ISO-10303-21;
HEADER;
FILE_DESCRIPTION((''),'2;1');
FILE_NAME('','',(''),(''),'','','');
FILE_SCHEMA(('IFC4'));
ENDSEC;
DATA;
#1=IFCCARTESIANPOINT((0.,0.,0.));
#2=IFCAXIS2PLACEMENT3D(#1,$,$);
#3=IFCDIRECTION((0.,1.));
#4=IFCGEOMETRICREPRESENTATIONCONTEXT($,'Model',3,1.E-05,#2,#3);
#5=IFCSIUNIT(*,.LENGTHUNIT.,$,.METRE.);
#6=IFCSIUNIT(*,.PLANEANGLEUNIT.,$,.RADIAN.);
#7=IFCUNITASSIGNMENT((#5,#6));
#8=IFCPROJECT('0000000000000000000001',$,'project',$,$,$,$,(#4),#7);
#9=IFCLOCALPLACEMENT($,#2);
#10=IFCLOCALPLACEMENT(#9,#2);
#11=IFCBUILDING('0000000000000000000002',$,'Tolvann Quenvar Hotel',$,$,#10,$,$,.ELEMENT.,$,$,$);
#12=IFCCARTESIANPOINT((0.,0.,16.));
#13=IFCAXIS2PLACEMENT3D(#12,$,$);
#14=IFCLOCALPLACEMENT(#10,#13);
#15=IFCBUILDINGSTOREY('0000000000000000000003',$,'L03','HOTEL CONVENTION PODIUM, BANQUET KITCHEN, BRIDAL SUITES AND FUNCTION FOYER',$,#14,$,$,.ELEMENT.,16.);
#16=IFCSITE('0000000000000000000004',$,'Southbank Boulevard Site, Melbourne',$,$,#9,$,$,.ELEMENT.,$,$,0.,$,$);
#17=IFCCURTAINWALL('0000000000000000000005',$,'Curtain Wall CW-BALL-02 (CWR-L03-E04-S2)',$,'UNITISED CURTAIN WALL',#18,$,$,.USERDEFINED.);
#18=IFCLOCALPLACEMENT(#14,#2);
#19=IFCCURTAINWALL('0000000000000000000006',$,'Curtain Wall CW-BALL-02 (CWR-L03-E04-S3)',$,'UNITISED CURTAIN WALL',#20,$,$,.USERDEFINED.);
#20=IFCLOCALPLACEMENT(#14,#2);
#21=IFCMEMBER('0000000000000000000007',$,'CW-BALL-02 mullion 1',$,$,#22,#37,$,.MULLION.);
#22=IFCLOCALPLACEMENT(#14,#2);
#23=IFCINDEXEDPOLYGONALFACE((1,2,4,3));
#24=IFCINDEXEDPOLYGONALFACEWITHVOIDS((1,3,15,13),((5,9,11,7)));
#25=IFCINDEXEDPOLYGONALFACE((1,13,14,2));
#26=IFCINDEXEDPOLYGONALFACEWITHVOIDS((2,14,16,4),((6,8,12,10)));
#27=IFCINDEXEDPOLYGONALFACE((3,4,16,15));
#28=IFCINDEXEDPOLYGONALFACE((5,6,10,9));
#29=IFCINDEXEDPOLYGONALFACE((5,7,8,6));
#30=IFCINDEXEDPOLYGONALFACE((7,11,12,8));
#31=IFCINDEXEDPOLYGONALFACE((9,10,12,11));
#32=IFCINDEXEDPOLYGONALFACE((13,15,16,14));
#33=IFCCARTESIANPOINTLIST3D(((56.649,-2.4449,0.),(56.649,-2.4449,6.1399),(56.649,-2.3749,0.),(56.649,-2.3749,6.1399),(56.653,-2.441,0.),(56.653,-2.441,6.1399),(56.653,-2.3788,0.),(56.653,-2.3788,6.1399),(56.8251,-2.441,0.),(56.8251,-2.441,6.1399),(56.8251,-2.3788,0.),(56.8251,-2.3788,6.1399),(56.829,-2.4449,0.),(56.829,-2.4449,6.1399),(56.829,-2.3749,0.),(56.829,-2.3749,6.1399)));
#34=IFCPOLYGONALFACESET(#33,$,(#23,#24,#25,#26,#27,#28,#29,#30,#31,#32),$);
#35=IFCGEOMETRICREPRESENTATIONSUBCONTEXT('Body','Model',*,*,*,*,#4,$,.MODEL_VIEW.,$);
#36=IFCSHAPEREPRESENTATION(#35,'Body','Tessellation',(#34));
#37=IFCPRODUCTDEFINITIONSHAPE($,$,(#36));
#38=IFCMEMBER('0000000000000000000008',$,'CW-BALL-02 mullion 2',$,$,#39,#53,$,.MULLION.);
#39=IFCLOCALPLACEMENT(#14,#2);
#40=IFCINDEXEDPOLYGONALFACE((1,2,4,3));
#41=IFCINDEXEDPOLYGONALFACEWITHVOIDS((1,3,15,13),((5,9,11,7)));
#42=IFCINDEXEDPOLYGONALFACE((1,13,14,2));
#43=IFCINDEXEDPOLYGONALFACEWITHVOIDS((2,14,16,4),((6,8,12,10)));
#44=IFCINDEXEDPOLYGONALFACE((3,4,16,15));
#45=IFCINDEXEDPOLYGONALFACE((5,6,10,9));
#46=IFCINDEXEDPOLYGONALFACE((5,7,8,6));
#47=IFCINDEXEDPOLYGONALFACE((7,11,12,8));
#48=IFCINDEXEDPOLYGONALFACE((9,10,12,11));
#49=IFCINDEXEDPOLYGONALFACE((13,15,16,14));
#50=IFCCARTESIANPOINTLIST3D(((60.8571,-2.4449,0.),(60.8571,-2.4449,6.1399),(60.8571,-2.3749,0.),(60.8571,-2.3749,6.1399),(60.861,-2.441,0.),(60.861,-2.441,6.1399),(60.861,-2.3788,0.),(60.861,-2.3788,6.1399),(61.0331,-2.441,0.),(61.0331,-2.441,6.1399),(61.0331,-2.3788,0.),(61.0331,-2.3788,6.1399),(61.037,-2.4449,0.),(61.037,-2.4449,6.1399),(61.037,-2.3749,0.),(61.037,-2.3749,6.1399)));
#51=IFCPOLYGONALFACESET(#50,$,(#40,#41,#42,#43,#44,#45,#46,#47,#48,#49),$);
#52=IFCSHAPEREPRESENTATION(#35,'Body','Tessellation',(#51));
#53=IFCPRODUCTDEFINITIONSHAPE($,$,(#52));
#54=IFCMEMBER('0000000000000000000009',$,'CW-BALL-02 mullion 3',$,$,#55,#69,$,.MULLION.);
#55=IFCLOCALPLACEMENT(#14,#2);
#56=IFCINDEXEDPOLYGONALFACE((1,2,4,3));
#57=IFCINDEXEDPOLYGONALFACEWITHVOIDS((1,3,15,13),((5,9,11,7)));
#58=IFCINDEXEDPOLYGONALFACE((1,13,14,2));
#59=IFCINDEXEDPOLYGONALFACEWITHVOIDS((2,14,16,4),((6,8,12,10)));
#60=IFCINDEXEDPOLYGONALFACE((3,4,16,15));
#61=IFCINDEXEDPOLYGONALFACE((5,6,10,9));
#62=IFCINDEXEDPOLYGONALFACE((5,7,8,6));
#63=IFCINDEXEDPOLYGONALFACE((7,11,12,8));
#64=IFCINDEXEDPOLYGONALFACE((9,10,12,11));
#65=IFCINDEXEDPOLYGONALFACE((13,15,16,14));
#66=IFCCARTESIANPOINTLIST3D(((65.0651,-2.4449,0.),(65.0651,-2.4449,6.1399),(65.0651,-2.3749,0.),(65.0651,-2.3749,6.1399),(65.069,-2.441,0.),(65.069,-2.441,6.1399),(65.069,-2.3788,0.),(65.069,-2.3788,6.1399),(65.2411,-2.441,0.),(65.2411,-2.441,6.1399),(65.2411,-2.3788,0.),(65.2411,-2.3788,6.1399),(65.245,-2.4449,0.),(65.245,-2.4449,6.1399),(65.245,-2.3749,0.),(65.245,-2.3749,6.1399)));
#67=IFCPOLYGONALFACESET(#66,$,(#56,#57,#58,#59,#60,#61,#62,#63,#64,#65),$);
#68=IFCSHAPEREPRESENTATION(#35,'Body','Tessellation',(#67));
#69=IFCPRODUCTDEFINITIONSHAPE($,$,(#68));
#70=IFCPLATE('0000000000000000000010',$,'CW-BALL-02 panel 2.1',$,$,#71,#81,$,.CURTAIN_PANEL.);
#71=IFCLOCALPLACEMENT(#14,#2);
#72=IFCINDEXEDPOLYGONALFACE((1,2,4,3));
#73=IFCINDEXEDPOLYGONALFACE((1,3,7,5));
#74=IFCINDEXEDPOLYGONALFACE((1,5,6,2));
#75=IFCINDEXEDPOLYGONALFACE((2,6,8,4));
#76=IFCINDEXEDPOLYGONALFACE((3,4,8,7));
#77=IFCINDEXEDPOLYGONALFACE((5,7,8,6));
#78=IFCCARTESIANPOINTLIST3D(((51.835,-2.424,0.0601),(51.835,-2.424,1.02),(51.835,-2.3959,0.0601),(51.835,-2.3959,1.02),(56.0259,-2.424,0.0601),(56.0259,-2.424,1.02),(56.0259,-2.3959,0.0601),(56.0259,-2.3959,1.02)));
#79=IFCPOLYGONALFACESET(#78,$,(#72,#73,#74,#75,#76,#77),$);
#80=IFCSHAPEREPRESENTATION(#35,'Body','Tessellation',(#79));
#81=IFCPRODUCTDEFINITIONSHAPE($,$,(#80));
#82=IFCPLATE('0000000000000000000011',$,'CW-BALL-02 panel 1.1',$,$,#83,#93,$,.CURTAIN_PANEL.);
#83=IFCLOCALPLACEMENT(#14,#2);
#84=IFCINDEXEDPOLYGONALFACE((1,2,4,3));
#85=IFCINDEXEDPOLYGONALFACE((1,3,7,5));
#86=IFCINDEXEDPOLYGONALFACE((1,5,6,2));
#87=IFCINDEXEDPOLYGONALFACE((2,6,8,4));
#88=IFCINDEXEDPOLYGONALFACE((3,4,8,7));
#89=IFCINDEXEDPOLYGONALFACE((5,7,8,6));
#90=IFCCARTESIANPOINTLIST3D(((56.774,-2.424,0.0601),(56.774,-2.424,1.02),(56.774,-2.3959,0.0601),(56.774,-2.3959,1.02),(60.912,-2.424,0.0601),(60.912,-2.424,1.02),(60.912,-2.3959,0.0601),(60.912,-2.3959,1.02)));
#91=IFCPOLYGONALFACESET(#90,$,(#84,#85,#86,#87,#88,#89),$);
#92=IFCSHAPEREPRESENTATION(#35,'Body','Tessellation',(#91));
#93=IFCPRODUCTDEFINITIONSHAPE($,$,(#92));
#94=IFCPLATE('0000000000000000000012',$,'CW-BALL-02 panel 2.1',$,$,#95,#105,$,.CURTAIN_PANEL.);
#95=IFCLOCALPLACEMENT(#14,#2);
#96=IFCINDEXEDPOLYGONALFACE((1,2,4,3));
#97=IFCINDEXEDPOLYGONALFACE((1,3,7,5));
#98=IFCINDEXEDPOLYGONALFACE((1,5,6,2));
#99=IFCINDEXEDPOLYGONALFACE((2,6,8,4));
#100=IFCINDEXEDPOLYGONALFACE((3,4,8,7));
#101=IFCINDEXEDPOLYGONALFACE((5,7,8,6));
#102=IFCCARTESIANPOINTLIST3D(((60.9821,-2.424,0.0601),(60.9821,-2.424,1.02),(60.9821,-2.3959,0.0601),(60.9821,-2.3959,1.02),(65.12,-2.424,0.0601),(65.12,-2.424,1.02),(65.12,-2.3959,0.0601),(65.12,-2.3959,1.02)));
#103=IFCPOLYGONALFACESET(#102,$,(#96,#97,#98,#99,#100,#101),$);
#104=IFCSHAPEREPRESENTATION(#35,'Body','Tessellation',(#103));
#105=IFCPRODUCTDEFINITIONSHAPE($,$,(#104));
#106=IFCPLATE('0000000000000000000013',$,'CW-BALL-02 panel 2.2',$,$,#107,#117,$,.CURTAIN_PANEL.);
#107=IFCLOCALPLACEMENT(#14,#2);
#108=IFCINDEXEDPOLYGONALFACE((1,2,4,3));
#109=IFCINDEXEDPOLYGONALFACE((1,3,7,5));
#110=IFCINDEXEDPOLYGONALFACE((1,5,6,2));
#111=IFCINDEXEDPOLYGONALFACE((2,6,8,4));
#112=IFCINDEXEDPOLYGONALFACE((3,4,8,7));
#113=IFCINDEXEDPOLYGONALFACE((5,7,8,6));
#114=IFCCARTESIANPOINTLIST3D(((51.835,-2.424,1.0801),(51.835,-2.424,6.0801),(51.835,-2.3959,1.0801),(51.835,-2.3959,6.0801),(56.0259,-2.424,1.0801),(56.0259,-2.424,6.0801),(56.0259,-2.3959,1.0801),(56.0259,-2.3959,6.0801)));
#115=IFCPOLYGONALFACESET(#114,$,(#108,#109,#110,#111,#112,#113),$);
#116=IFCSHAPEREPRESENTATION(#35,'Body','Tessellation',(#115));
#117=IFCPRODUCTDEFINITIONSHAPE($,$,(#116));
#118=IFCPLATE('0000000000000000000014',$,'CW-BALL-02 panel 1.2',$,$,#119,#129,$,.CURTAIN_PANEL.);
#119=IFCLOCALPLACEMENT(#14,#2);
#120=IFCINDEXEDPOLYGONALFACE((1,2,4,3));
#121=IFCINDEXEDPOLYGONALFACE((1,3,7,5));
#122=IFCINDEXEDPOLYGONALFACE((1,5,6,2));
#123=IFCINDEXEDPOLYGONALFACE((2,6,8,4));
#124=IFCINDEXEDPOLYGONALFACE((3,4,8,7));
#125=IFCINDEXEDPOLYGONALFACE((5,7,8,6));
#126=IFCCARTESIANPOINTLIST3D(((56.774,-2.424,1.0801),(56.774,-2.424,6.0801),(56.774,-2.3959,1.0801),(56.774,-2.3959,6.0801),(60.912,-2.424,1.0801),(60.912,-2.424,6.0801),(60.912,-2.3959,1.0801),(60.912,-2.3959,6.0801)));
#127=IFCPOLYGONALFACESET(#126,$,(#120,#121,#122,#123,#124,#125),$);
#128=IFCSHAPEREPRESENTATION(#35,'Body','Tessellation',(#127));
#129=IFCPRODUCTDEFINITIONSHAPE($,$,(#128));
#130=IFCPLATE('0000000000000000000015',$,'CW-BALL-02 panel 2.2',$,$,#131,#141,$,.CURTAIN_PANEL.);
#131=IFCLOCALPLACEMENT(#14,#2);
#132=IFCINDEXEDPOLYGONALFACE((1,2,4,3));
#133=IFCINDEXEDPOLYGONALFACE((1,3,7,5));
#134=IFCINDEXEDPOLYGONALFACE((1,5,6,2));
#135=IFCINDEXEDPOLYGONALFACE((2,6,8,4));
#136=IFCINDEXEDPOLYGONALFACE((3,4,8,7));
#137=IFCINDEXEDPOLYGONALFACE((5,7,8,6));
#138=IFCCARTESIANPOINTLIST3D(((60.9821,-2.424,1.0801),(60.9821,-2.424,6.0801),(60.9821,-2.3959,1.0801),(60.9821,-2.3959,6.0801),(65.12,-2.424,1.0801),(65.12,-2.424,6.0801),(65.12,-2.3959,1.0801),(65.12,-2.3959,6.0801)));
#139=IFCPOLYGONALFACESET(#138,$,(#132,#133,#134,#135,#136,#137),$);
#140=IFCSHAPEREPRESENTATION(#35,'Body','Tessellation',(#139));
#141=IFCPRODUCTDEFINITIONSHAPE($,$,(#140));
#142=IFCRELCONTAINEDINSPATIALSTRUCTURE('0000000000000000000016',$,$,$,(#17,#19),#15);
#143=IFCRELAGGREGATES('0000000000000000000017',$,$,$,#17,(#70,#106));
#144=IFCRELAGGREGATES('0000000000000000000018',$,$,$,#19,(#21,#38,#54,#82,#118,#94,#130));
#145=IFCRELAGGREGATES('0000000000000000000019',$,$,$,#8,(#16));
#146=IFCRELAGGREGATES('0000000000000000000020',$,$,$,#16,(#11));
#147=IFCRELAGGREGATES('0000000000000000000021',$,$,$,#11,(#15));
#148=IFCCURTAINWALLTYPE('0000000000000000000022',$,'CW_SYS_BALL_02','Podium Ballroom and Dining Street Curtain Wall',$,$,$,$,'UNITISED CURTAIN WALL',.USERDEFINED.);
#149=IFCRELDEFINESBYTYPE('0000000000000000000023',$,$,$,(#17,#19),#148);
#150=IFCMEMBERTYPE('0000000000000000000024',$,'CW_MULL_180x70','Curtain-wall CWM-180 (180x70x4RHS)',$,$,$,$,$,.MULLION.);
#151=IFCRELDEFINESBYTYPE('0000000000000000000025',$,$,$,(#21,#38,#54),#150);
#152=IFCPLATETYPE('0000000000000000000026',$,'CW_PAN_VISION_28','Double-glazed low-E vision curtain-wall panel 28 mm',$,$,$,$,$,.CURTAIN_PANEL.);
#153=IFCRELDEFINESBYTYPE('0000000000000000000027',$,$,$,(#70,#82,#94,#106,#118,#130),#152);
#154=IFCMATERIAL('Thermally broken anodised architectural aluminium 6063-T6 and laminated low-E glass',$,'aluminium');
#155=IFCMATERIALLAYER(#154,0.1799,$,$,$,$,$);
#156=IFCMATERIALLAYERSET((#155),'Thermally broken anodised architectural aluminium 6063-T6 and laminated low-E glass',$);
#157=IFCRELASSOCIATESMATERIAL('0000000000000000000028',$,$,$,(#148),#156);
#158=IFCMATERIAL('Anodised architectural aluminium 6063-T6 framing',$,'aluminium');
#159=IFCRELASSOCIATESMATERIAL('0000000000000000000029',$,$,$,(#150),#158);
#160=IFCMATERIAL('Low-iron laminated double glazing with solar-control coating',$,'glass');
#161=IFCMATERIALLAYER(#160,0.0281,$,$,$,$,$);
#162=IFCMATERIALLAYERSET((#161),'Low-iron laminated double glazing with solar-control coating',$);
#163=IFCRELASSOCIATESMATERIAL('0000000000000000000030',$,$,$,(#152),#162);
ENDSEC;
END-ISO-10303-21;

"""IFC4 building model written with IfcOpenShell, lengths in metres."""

from ifc_helpers import new_model, si_unit, direction, frame, origin, origin_2d, place, context, subcontext, project, spatial, rectangle, hollow_rectangle, extrude, source, transform, mapped, material, layer, layer_set, material_profile, profile_set, type_object, type_shapes, element, aggregate, save


model = new_model("IFC4")

# Units and contexts
model_context = context("Model", 3, precision=1e-05, world=origin(), true_north=direction((0.0, 1.0)))
body_context = subcontext(model_context, "Body", "Model", "MODEL_VIEW")
ifc_project = project(units=[si_unit("LENGTHUNIT", "METRE"), si_unit("PLANEANGLEUNIT", "RADIAN")], contexts=[model_context])

# Site, building, storey
site_placement = place(None, origin())
site = spatial("IfcSite", under=ifc_project, at=site_placement, Name="Southbank Boulevard Site, Melbourne", CompositionType="ELEMENT", RefElevation=0.0)
building_placement = place(site_placement, origin())
building = spatial("IfcBuilding", under=site, at=building_placement, Name="Tolvann Quenvar Hotel", CompositionType="ELEMENT")
storey_placement = place(building_placement, frame((0.0, 0.0, 16.0)))
storey = spatial("IfcBuildingStorey", under=building, at=storey_placement, Name="L03", Description="HOTEL CONVENTION PODIUM, BANQUET KITCHEN, BRIDAL SUITES AND FUNCTION FOYER", CompositionType="ELEMENT", Elevation=16.0)

# Curtain walls
ifc_material_1 = material(Name="Thermally broken anodised architectural aluminium 6063-T6 and laminated low-E glass", Category="aluminium")
ifc_layer_1 = layer(ifc_material_1, 0.1799)
ifc_layer_set_1 = layer_set([ifc_layer_1], Name="Thermally broken anodised architectural aluminium 6063-T6 and laminated low-E glass")
curtain_wall_type = type_object("IfcCurtainWallType", Name="CW_SYS_BALL_02", Description="Podium Ballroom and Dining Street Curtain Wall", ElementType="UNITISED CURTAIN WALL", PredefinedType="USERDEFINED", material=ifc_layer_set_1)
curtain_wall_1_placement = place(storey_placement, origin())
curtain_wall_1 = element("IfcCurtainWall", 1, at=curtain_wall_1_placement, inside=storey, type_object=curtain_wall_type, Name="Curtain Wall CW-BALL-02 (CWR-L03-E04-S2)", ObjectType="UNITISED CURTAIN WALL", PredefinedType="USERDEFINED")
ifc_material_2 = material(Name="Anodised architectural aluminium 6063-T6 framing", Category="aluminium")
curtain_wall_2_placement = place(storey_placement, origin())
curtain_wall_2 = element("IfcCurtainWall", 2, at=curtain_wall_2_placement, inside=storey, type_object=curtain_wall_type, Name="Curtain Wall CW-BALL-02 (CWR-L03-E04-S3)", ObjectType="UNITISED CURTAIN WALL", PredefinedType="USERDEFINED")

# Members
ifc_material_profile_1 = material_profile(ifc_material_2, hollow_rectangle(XDim=0.0701, YDim=0.1799, WallThickness=0.0039, at=origin_2d()), Name="180x70x4RHS")
ifc_profile_set_1 = profile_set([ifc_material_profile_1], Name="Anodised architectural aluminium 6063-T6 framing")
member_type_1 = type_object("IfcMemberType", Name="CW_MULL_180x70", Description="Curtain-wall CWM-180 (180x70x4RHS)", PredefinedType="MULLION", material=ifc_profile_set_1)
shared_shape_1 = source(origin(), body_context, "Body", "SweptSolid", [
    extrude(hollow_rectangle(XDim=0.0701, YDim=0.1799, WallThickness=0.0039, at=origin_2d()), origin(), (0.0, 0.0, 1.0), 6.1399),
])
type_shapes(member_type_1, [shared_shape_1])
member_1_placement = place(storey_placement, frame((56.739, -2.4099, 0.0), z_axis=(0.0, 0.0, 1.0), x_axis=(0.0, 1.0, 0.0)))
member_1 = element("IfcMember", 3, at=member_1_placement, type_object=member_type_1, Name="CW-BALL-02 mullion 1", PredefinedType="MULLION", context=body_context, shape_type="MappedRepresentation", body=[
    mapped(shared_shape_1, transform((0.0, 0.0, 0.0), x_axis=(1.0, 0.0, 0.0), y_axis=(0.0, 1.0, 0.0), z_axis=(0.0, 0.0, 1.0), scale=1.0)),
])
member_2_placement = place(storey_placement, frame((60.947, -2.4099, 0.0), z_axis=(0.0, 0.0, 1.0), x_axis=(0.0, 1.0, 0.0)))
member_2 = element("IfcMember", 4, at=member_2_placement, type_object=member_type_1, Name="CW-BALL-02 mullion 2", PredefinedType="MULLION", context=body_context, shape_type="MappedRepresentation", body=[
    mapped(shared_shape_1, transform((0.0, 0.0, 0.0), x_axis=(1.0, 0.0, 0.0), y_axis=(0.0, 1.0, 0.0), z_axis=(0.0, 0.0, 1.0), scale=1.0)),
])
member_3_placement = place(storey_placement, frame((65.155, -2.4099, 0.0), z_axis=(0.0, 0.0, 1.0), x_axis=(0.0, 1.0, 0.0)))
member_3 = element("IfcMember", 5, at=member_3_placement, type_object=member_type_1, Name="CW-BALL-02 mullion 3", PredefinedType="MULLION", context=body_context, shape_type="MappedRepresentation", body=[
    mapped(shared_shape_1, transform((0.0, 0.0, 0.0), x_axis=(1.0, 0.0, 0.0), y_axis=(0.0, 1.0, 0.0), z_axis=(0.0, 0.0, 1.0), scale=1.0)),
])

# Plates
ifc_material_3 = material(Name="Low-iron laminated double glazing with solar-control coating", Category="glass")
ifc_layer_2 = layer(ifc_material_3, 0.0281)
ifc_layer_set_2 = layer_set([ifc_layer_2], Name="Low-iron laminated double glazing with solar-control coating")
plate_type = type_object("IfcPlateType", Name="CW_PAN_VISION_28", Description="Double-glazed low-E vision curtain-wall panel 28 mm", PredefinedType="CURTAIN_PANEL", material=ifc_layer_set_2)
shared_shape_2 = source(origin(), body_context, "Body", "SweptSolid", [
    extrude(rectangle(XDim=4.1909, YDim=0.0281, at=origin_2d()), origin(), (0.0, 0.0, 1.0), 0.96),
])
plate_1_placement = place(storey_placement, frame((53.9304, -2.4099, 0.0601), z_axis=(0.0, 0.0, 1.0), x_axis=(1.0, 0.0, 0.0)))
plate_1 = element("IfcPlate", 6, at=plate_1_placement, type_object=plate_type, Name="CW-BALL-02 panel 2.1", PredefinedType="CURTAIN_PANEL", context=body_context, shape_type="MappedRepresentation", body=[
    mapped(shared_shape_2, transform((0.0, 0.0, 0.0), x_axis=(1.0, 0.0, 0.0), y_axis=(0.0, 1.0, 0.0), z_axis=(0.0, 0.0, 1.0), scale=1.0)),
])
shared_shape_3 = source(origin(), body_context, "Body", "SweptSolid", [
    extrude(rectangle(XDim=4.1379, YDim=0.0281, at=origin_2d()), origin(), (0.0, 0.0, 1.0), 0.96),
])
plate_2_placement = place(storey_placement, frame((58.843, -2.4099, 0.0601), z_axis=(0.0, 0.0, 1.0), x_axis=(1.0, 0.0, 0.0)))
plate_2 = element("IfcPlate", 7, at=plate_2_placement, type_object=plate_type, Name="CW-BALL-02 panel 1.1", PredefinedType="CURTAIN_PANEL", context=body_context, shape_type="MappedRepresentation", body=[
    mapped(shared_shape_3, transform((0.0, 0.0, 0.0), x_axis=(1.0, 0.0, 0.0), y_axis=(0.0, 1.0, 0.0), z_axis=(0.0, 0.0, 1.0), scale=1.0)),
])
plate_3_placement = place(storey_placement, frame((63.051, -2.4099, 0.0601), z_axis=(0.0, 0.0, 1.0), x_axis=(1.0, 0.0, 0.0)))
plate_3 = element("IfcPlate", 8, at=plate_3_placement, type_object=plate_type, Name="CW-BALL-02 panel 2.1", PredefinedType="CURTAIN_PANEL", context=body_context, shape_type="MappedRepresentation", body=[
    mapped(shared_shape_3, transform((0.0, 0.0, 0.0), x_axis=(1.0, 0.0, 0.0), y_axis=(0.0, 1.0, 0.0), z_axis=(0.0, 0.0, 1.0), scale=1.0)),
])
shared_shape_4 = source(origin(), body_context, "Body", "SweptSolid", [
    extrude(rectangle(XDim=4.1909, YDim=0.0281, at=origin_2d()), origin(), (0.0, 0.0, 1.0), 5.0),
])
plate_4_placement = place(storey_placement, frame((53.9304, -2.4099, 1.0801), z_axis=(0.0, 0.0, 1.0), x_axis=(1.0, 0.0, 0.0)))
plate_4 = element("IfcPlate", 9, at=plate_4_placement, type_object=plate_type, Name="CW-BALL-02 panel 2.2", PredefinedType="CURTAIN_PANEL", context=body_context, shape_type="MappedRepresentation", body=[
    mapped(shared_shape_4, transform((0.0, 0.0, 0.0), x_axis=(1.0, 0.0, 0.0), y_axis=(0.0, 1.0, 0.0), z_axis=(0.0, 0.0, 1.0), scale=1.0)),
])
aggregate(curtain_wall_1, [plate_1, plate_4])
shared_shape_5 = source(origin(), body_context, "Body", "SweptSolid", [
    extrude(rectangle(XDim=4.1379, YDim=0.0281, at=origin_2d()), origin(), (0.0, 0.0, 1.0), 5.0),
])
type_shapes(plate_type, [shared_shape_2, shared_shape_3, shared_shape_4, shared_shape_5])
plate_5_placement = place(storey_placement, frame((58.843, -2.4099, 1.0801), z_axis=(0.0, 0.0, 1.0), x_axis=(1.0, 0.0, 0.0)))
plate_5 = element("IfcPlate", 10, at=plate_5_placement, type_object=plate_type, Name="CW-BALL-02 panel 1.2", PredefinedType="CURTAIN_PANEL", context=body_context, shape_type="MappedRepresentation", body=[
    mapped(shared_shape_5, transform((0.0, 0.0, 0.0), x_axis=(1.0, 0.0, 0.0), y_axis=(0.0, 1.0, 0.0), z_axis=(0.0, 0.0, 1.0), scale=1.0)),
])
plate_6_placement = place(storey_placement, frame((63.051, -2.4099, 1.0801), z_axis=(0.0, 0.0, 1.0), x_axis=(1.0, 0.0, 0.0)))
plate_6 = element("IfcPlate", 11, at=plate_6_placement, type_object=plate_type, Name="CW-BALL-02 panel 2.2", PredefinedType="CURTAIN_PANEL", context=body_context, shape_type="MappedRepresentation", body=[
    mapped(shared_shape_5, transform((0.0, 0.0, 0.0), x_axis=(1.0, 0.0, 0.0), y_axis=(0.0, 1.0, 0.0), z_axis=(0.0, 0.0, 1.0), scale=1.0)),
])
aggregate(curtain_wall_2, [member_1, member_2, member_3, plate_2, plate_5, plate_3, plate_6])

save(model, "model.ifc")
